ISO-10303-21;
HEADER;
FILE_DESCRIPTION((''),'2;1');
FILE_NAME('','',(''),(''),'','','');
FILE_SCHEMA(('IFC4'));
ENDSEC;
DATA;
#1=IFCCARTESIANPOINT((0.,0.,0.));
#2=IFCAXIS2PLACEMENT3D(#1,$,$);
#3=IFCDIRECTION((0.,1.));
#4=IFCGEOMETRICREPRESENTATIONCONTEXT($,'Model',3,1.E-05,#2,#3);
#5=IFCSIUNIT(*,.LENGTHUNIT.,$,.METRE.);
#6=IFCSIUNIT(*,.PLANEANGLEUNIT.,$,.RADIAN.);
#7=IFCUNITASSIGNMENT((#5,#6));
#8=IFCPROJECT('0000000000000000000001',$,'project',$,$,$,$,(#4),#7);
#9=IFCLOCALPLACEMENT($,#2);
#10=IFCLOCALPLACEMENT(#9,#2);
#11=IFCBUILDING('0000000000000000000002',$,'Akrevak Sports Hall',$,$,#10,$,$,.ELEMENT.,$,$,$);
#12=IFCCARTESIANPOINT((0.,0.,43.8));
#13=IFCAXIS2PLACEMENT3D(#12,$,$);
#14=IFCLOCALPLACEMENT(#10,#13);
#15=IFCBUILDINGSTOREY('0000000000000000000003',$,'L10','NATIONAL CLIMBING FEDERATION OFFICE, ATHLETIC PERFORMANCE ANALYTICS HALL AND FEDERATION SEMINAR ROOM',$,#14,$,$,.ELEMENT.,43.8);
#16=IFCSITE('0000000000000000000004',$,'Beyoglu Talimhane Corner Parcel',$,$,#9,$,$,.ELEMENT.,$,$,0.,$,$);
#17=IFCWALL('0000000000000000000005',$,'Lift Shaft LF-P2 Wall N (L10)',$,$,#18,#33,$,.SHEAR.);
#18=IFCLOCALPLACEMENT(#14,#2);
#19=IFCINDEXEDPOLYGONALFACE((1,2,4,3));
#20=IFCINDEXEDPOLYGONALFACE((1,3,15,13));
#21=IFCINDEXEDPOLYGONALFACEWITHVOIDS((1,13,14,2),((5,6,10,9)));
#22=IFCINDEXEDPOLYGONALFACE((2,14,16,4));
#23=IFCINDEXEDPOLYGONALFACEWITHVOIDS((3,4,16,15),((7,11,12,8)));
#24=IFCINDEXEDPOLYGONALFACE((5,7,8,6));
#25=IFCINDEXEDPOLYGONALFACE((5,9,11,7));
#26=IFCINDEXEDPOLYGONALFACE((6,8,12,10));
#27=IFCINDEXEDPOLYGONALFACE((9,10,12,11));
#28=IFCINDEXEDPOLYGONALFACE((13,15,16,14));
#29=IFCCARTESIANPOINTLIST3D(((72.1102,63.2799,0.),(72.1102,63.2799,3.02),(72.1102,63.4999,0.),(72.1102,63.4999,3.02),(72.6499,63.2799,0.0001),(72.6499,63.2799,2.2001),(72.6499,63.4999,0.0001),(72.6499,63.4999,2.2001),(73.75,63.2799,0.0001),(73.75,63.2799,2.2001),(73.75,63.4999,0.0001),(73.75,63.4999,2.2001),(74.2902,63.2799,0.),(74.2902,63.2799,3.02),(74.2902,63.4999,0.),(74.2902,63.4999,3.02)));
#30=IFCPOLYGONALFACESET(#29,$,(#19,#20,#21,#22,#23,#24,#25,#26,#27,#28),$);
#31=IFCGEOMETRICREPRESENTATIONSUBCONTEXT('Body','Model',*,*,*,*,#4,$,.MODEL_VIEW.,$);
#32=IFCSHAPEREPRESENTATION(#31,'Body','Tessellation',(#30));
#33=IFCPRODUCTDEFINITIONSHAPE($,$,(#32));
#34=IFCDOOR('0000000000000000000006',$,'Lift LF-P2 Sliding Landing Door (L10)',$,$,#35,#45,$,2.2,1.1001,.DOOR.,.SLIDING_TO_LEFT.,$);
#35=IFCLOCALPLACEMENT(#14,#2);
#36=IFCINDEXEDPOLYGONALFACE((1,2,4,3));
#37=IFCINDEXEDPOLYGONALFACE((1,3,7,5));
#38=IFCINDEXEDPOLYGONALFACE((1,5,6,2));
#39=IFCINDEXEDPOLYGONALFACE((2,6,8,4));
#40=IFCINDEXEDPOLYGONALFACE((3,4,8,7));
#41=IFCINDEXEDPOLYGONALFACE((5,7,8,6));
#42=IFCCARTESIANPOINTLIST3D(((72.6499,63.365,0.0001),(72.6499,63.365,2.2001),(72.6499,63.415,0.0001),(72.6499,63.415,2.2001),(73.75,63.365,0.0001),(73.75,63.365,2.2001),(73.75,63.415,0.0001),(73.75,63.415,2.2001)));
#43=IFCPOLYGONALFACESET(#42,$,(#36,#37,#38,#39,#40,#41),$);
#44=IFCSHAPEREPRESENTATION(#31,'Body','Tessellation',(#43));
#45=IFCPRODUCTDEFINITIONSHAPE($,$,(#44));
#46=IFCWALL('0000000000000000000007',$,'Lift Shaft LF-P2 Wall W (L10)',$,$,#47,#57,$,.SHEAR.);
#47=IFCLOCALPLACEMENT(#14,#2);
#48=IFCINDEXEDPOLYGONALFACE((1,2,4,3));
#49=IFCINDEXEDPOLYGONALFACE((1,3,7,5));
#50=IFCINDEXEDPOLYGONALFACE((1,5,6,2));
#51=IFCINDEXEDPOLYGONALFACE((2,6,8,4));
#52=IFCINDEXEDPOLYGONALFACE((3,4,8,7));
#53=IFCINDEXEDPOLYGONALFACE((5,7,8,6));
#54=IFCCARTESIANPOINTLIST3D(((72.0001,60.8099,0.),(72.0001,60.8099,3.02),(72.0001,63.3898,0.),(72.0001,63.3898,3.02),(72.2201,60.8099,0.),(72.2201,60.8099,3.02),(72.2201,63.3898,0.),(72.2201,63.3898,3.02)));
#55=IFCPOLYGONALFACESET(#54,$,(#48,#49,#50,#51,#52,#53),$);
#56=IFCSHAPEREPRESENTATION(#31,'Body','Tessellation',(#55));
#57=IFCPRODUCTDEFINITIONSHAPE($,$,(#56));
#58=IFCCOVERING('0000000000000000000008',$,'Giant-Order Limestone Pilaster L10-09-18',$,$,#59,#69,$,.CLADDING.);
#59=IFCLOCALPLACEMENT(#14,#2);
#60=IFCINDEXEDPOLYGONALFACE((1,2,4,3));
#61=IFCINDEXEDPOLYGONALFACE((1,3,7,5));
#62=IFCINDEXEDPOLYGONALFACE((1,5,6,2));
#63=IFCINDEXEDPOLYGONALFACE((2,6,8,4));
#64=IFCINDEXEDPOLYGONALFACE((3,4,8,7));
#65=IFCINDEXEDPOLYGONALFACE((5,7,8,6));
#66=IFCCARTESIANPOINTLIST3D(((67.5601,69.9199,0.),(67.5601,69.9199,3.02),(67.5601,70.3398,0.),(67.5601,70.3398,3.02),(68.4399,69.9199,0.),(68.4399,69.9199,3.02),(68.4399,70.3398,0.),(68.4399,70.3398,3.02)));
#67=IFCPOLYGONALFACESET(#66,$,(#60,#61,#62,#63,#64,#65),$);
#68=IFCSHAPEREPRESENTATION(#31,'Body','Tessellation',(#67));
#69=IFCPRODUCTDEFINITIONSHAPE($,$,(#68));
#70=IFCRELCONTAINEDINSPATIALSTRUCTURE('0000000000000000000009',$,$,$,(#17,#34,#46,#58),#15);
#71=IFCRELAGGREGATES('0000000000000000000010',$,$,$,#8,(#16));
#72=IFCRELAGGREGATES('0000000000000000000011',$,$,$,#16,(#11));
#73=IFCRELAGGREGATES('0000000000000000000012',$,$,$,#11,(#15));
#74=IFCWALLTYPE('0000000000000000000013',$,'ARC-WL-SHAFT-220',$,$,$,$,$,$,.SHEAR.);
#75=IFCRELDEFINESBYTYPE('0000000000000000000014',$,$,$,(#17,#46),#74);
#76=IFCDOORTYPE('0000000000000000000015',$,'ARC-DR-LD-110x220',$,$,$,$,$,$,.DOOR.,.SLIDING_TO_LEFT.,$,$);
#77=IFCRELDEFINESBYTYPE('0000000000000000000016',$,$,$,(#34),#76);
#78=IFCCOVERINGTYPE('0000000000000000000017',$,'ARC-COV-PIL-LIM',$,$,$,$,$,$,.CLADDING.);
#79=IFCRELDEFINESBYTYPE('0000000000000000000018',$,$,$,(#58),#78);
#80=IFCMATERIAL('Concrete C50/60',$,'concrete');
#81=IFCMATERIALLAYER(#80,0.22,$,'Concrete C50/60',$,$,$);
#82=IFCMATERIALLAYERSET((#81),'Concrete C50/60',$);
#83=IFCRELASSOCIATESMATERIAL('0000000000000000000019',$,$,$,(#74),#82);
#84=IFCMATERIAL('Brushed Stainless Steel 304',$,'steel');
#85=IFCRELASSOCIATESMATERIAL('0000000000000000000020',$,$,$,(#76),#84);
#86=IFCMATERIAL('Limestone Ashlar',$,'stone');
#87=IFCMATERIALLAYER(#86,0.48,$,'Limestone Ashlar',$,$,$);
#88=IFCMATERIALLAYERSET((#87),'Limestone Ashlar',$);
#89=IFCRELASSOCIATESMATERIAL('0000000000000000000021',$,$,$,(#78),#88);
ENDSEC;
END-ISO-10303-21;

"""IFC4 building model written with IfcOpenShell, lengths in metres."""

from ifc_helpers import new_model, si_unit, direction, frame, frame_2d, origin, origin_2d, place, context, subcontext, project, spatial, rectangle, extrude, material, layer, layer_set, type_object, element, fill, save


model = new_model("IFC4")

# Units and contexts
model_context = context("Model", 3, precision=1e-05, world=origin(), true_north=direction((0.0, 1.0)))
body_context = subcontext(model_context, "Body", "Model", "MODEL_VIEW")
ifc_project = project(units=[si_unit("LENGTHUNIT", "METRE"), si_unit("PLANEANGLEUNIT", "RADIAN")], contexts=[model_context])

# Site, building, storey
site_placement = place(None, origin())
site = spatial("IfcSite", under=ifc_project, at=site_placement, Name="Beyoglu Talimhane Corner Parcel", CompositionType="ELEMENT", RefElevation=0.0)
building_placement = place(site_placement, origin())
building = spatial("IfcBuilding", under=site, at=building_placement, Name="Akrevak Sports Hall", CompositionType="ELEMENT")
storey_placement = place(building_placement, frame((0.0, 0.0, 43.8)))
storey = spatial("IfcBuildingStorey", under=building, at=storey_placement, Name="L10", Description="NATIONAL CLIMBING FEDERATION OFFICE, ATHLETIC PERFORMANCE ANALYTICS HALL AND FEDERATION SEMINAR ROOM", CompositionType="ELEMENT", Elevation=43.8)

# Shared definitions
ifc_material_1 = material(Name="Concrete C50/60", Category="concrete")

# Wall, opening, door
ifc_layer_1 = layer(ifc_material_1, 0.22, Name="Concrete C50/60")
ifc_layer_set_1 = layer_set([ifc_layer_1], Name="Concrete C50/60")
wall_type_1 = type_object("IfcWallType", Name="ARC-WL-SHAFT-220", PredefinedType="SHEAR", material=ifc_layer_set_1)
wall_1_placement = place(storey_placement, frame((74.29, 63.3899, 0.0), z_axis=(0.0, 0.0, 1.0), x_axis=(-1.0, 0.0, 0.0)))
wall_1 = element("IfcWall", 1, at=wall_1_placement, inside=storey, type_object=wall_type_1, Name="Lift Shaft LF-P2 Wall N (L10)", PredefinedType="SHEAR", context=body_context, shape_type="SweptSolid", body=[
    extrude(rectangle(XDim=2.1799, YDim=0.22, at=frame_2d((1.0898, 0.0))), origin(), (0.0, 0.0, 1.0), 3.02),
])
opening_1_placement = place(wall_1_placement, frame((0.54, 0.0, 0.0)))
opening_1 = element("IfcOpeningElement", 2, at=opening_1_placement, cuts=wall_1, PredefinedType="OPENING", context=body_context, shape_type="SweptSolid", body=[
    extrude(rectangle(XDim=1.1001, YDim=2.2, at=frame_2d((0.55, 1.1001))), frame((0.0, 0.1221, 0.0), z_axis=(0.0, -1.0, 0.0), x_axis=(1.0, 0.0, 0.0)), (0.0, 0.0, 1.0), 0.2439),
])
ifc_material_2 = material(Name="Brushed Stainless Steel 304", Category="steel")
door_type_1 = type_object("IfcDoorType", Name="ARC-DR-LD-110x220", OperationType="SLIDING_TO_LEFT", PredefinedType="DOOR", material=ifc_material_2)
door_1_placement = place(opening_1_placement, origin())
door_1 = element("IfcDoor", 3, at=door_1_placement, inside=storey, type_object=door_type_1, Name="Lift LF-P2 Sliding Landing Door (L10)", OperationType="SLIDING_TO_LEFT", OverallHeight=2.2, OverallWidth=1.1001, PredefinedType="DOOR", context=body_context, shape_type="SweptSolid", body=[
    extrude(rectangle(XDim=1.1001, YDim=2.2, at=frame_2d((0.55, 1.1001))), frame((0.0, 0.0249, 0.0), z_axis=(0.0, -1.0, 0.0), x_axis=(1.0, 0.0, 0.0)), (0.0, 0.0, 1.0), 0.05),
])
fill(opening_1, door_1)

# Wall
wall_2_placement = place(storey_placement, frame((72.1101, 63.3899, 0.0), z_axis=(0.0, 0.0, 1.0), x_axis=(0.0, -1.0, 0.0)))
element("IfcWall", 4, at=wall_2_placement, inside=storey, type_object=wall_type_1, Name="Lift Shaft LF-P2 Wall W (L10)", PredefinedType="SHEAR", context=body_context, shape_type="SweptSolid", body=[
    extrude(rectangle(XDim=2.5798, YDim=0.22, at=frame_2d((1.29, 0.0))), origin(), (0.0, 0.0, 1.0), 3.02),
])

# Covering
ifc_material_3 = material(Name="Limestone Ashlar", Category="stone")
ifc_layer_2 = layer(ifc_material_3, 0.48, Name="Limestone Ashlar")
ifc_layer_set_2 = layer_set([ifc_layer_2], Name="Limestone Ashlar")
covering_type = type_object("IfcCoveringType", Name="ARC-COV-PIL-LIM", PredefinedType="CLADDING", material=ifc_layer_set_2)
covering_placement = place(storey_placement, frame((68.0, 70.1299, 0.0), z_axis=(0.0, 0.0, 1.0), x_axis=(-1.0, 0.0, 0.0)))
element("IfcCovering", 5, at=covering_placement, inside=storey, type_object=covering_type, Name="Giant-Order Limestone Pilaster L10-09-18", PredefinedType="CLADDING", context=body_context, shape_type="SweptSolid", body=[
    extrude(rectangle(XDim=0.8799, YDim=0.4199, at=origin_2d()), origin(), (0.0, 0.0, 1.0), 3.02),
])

save(model, "model.ifc")
